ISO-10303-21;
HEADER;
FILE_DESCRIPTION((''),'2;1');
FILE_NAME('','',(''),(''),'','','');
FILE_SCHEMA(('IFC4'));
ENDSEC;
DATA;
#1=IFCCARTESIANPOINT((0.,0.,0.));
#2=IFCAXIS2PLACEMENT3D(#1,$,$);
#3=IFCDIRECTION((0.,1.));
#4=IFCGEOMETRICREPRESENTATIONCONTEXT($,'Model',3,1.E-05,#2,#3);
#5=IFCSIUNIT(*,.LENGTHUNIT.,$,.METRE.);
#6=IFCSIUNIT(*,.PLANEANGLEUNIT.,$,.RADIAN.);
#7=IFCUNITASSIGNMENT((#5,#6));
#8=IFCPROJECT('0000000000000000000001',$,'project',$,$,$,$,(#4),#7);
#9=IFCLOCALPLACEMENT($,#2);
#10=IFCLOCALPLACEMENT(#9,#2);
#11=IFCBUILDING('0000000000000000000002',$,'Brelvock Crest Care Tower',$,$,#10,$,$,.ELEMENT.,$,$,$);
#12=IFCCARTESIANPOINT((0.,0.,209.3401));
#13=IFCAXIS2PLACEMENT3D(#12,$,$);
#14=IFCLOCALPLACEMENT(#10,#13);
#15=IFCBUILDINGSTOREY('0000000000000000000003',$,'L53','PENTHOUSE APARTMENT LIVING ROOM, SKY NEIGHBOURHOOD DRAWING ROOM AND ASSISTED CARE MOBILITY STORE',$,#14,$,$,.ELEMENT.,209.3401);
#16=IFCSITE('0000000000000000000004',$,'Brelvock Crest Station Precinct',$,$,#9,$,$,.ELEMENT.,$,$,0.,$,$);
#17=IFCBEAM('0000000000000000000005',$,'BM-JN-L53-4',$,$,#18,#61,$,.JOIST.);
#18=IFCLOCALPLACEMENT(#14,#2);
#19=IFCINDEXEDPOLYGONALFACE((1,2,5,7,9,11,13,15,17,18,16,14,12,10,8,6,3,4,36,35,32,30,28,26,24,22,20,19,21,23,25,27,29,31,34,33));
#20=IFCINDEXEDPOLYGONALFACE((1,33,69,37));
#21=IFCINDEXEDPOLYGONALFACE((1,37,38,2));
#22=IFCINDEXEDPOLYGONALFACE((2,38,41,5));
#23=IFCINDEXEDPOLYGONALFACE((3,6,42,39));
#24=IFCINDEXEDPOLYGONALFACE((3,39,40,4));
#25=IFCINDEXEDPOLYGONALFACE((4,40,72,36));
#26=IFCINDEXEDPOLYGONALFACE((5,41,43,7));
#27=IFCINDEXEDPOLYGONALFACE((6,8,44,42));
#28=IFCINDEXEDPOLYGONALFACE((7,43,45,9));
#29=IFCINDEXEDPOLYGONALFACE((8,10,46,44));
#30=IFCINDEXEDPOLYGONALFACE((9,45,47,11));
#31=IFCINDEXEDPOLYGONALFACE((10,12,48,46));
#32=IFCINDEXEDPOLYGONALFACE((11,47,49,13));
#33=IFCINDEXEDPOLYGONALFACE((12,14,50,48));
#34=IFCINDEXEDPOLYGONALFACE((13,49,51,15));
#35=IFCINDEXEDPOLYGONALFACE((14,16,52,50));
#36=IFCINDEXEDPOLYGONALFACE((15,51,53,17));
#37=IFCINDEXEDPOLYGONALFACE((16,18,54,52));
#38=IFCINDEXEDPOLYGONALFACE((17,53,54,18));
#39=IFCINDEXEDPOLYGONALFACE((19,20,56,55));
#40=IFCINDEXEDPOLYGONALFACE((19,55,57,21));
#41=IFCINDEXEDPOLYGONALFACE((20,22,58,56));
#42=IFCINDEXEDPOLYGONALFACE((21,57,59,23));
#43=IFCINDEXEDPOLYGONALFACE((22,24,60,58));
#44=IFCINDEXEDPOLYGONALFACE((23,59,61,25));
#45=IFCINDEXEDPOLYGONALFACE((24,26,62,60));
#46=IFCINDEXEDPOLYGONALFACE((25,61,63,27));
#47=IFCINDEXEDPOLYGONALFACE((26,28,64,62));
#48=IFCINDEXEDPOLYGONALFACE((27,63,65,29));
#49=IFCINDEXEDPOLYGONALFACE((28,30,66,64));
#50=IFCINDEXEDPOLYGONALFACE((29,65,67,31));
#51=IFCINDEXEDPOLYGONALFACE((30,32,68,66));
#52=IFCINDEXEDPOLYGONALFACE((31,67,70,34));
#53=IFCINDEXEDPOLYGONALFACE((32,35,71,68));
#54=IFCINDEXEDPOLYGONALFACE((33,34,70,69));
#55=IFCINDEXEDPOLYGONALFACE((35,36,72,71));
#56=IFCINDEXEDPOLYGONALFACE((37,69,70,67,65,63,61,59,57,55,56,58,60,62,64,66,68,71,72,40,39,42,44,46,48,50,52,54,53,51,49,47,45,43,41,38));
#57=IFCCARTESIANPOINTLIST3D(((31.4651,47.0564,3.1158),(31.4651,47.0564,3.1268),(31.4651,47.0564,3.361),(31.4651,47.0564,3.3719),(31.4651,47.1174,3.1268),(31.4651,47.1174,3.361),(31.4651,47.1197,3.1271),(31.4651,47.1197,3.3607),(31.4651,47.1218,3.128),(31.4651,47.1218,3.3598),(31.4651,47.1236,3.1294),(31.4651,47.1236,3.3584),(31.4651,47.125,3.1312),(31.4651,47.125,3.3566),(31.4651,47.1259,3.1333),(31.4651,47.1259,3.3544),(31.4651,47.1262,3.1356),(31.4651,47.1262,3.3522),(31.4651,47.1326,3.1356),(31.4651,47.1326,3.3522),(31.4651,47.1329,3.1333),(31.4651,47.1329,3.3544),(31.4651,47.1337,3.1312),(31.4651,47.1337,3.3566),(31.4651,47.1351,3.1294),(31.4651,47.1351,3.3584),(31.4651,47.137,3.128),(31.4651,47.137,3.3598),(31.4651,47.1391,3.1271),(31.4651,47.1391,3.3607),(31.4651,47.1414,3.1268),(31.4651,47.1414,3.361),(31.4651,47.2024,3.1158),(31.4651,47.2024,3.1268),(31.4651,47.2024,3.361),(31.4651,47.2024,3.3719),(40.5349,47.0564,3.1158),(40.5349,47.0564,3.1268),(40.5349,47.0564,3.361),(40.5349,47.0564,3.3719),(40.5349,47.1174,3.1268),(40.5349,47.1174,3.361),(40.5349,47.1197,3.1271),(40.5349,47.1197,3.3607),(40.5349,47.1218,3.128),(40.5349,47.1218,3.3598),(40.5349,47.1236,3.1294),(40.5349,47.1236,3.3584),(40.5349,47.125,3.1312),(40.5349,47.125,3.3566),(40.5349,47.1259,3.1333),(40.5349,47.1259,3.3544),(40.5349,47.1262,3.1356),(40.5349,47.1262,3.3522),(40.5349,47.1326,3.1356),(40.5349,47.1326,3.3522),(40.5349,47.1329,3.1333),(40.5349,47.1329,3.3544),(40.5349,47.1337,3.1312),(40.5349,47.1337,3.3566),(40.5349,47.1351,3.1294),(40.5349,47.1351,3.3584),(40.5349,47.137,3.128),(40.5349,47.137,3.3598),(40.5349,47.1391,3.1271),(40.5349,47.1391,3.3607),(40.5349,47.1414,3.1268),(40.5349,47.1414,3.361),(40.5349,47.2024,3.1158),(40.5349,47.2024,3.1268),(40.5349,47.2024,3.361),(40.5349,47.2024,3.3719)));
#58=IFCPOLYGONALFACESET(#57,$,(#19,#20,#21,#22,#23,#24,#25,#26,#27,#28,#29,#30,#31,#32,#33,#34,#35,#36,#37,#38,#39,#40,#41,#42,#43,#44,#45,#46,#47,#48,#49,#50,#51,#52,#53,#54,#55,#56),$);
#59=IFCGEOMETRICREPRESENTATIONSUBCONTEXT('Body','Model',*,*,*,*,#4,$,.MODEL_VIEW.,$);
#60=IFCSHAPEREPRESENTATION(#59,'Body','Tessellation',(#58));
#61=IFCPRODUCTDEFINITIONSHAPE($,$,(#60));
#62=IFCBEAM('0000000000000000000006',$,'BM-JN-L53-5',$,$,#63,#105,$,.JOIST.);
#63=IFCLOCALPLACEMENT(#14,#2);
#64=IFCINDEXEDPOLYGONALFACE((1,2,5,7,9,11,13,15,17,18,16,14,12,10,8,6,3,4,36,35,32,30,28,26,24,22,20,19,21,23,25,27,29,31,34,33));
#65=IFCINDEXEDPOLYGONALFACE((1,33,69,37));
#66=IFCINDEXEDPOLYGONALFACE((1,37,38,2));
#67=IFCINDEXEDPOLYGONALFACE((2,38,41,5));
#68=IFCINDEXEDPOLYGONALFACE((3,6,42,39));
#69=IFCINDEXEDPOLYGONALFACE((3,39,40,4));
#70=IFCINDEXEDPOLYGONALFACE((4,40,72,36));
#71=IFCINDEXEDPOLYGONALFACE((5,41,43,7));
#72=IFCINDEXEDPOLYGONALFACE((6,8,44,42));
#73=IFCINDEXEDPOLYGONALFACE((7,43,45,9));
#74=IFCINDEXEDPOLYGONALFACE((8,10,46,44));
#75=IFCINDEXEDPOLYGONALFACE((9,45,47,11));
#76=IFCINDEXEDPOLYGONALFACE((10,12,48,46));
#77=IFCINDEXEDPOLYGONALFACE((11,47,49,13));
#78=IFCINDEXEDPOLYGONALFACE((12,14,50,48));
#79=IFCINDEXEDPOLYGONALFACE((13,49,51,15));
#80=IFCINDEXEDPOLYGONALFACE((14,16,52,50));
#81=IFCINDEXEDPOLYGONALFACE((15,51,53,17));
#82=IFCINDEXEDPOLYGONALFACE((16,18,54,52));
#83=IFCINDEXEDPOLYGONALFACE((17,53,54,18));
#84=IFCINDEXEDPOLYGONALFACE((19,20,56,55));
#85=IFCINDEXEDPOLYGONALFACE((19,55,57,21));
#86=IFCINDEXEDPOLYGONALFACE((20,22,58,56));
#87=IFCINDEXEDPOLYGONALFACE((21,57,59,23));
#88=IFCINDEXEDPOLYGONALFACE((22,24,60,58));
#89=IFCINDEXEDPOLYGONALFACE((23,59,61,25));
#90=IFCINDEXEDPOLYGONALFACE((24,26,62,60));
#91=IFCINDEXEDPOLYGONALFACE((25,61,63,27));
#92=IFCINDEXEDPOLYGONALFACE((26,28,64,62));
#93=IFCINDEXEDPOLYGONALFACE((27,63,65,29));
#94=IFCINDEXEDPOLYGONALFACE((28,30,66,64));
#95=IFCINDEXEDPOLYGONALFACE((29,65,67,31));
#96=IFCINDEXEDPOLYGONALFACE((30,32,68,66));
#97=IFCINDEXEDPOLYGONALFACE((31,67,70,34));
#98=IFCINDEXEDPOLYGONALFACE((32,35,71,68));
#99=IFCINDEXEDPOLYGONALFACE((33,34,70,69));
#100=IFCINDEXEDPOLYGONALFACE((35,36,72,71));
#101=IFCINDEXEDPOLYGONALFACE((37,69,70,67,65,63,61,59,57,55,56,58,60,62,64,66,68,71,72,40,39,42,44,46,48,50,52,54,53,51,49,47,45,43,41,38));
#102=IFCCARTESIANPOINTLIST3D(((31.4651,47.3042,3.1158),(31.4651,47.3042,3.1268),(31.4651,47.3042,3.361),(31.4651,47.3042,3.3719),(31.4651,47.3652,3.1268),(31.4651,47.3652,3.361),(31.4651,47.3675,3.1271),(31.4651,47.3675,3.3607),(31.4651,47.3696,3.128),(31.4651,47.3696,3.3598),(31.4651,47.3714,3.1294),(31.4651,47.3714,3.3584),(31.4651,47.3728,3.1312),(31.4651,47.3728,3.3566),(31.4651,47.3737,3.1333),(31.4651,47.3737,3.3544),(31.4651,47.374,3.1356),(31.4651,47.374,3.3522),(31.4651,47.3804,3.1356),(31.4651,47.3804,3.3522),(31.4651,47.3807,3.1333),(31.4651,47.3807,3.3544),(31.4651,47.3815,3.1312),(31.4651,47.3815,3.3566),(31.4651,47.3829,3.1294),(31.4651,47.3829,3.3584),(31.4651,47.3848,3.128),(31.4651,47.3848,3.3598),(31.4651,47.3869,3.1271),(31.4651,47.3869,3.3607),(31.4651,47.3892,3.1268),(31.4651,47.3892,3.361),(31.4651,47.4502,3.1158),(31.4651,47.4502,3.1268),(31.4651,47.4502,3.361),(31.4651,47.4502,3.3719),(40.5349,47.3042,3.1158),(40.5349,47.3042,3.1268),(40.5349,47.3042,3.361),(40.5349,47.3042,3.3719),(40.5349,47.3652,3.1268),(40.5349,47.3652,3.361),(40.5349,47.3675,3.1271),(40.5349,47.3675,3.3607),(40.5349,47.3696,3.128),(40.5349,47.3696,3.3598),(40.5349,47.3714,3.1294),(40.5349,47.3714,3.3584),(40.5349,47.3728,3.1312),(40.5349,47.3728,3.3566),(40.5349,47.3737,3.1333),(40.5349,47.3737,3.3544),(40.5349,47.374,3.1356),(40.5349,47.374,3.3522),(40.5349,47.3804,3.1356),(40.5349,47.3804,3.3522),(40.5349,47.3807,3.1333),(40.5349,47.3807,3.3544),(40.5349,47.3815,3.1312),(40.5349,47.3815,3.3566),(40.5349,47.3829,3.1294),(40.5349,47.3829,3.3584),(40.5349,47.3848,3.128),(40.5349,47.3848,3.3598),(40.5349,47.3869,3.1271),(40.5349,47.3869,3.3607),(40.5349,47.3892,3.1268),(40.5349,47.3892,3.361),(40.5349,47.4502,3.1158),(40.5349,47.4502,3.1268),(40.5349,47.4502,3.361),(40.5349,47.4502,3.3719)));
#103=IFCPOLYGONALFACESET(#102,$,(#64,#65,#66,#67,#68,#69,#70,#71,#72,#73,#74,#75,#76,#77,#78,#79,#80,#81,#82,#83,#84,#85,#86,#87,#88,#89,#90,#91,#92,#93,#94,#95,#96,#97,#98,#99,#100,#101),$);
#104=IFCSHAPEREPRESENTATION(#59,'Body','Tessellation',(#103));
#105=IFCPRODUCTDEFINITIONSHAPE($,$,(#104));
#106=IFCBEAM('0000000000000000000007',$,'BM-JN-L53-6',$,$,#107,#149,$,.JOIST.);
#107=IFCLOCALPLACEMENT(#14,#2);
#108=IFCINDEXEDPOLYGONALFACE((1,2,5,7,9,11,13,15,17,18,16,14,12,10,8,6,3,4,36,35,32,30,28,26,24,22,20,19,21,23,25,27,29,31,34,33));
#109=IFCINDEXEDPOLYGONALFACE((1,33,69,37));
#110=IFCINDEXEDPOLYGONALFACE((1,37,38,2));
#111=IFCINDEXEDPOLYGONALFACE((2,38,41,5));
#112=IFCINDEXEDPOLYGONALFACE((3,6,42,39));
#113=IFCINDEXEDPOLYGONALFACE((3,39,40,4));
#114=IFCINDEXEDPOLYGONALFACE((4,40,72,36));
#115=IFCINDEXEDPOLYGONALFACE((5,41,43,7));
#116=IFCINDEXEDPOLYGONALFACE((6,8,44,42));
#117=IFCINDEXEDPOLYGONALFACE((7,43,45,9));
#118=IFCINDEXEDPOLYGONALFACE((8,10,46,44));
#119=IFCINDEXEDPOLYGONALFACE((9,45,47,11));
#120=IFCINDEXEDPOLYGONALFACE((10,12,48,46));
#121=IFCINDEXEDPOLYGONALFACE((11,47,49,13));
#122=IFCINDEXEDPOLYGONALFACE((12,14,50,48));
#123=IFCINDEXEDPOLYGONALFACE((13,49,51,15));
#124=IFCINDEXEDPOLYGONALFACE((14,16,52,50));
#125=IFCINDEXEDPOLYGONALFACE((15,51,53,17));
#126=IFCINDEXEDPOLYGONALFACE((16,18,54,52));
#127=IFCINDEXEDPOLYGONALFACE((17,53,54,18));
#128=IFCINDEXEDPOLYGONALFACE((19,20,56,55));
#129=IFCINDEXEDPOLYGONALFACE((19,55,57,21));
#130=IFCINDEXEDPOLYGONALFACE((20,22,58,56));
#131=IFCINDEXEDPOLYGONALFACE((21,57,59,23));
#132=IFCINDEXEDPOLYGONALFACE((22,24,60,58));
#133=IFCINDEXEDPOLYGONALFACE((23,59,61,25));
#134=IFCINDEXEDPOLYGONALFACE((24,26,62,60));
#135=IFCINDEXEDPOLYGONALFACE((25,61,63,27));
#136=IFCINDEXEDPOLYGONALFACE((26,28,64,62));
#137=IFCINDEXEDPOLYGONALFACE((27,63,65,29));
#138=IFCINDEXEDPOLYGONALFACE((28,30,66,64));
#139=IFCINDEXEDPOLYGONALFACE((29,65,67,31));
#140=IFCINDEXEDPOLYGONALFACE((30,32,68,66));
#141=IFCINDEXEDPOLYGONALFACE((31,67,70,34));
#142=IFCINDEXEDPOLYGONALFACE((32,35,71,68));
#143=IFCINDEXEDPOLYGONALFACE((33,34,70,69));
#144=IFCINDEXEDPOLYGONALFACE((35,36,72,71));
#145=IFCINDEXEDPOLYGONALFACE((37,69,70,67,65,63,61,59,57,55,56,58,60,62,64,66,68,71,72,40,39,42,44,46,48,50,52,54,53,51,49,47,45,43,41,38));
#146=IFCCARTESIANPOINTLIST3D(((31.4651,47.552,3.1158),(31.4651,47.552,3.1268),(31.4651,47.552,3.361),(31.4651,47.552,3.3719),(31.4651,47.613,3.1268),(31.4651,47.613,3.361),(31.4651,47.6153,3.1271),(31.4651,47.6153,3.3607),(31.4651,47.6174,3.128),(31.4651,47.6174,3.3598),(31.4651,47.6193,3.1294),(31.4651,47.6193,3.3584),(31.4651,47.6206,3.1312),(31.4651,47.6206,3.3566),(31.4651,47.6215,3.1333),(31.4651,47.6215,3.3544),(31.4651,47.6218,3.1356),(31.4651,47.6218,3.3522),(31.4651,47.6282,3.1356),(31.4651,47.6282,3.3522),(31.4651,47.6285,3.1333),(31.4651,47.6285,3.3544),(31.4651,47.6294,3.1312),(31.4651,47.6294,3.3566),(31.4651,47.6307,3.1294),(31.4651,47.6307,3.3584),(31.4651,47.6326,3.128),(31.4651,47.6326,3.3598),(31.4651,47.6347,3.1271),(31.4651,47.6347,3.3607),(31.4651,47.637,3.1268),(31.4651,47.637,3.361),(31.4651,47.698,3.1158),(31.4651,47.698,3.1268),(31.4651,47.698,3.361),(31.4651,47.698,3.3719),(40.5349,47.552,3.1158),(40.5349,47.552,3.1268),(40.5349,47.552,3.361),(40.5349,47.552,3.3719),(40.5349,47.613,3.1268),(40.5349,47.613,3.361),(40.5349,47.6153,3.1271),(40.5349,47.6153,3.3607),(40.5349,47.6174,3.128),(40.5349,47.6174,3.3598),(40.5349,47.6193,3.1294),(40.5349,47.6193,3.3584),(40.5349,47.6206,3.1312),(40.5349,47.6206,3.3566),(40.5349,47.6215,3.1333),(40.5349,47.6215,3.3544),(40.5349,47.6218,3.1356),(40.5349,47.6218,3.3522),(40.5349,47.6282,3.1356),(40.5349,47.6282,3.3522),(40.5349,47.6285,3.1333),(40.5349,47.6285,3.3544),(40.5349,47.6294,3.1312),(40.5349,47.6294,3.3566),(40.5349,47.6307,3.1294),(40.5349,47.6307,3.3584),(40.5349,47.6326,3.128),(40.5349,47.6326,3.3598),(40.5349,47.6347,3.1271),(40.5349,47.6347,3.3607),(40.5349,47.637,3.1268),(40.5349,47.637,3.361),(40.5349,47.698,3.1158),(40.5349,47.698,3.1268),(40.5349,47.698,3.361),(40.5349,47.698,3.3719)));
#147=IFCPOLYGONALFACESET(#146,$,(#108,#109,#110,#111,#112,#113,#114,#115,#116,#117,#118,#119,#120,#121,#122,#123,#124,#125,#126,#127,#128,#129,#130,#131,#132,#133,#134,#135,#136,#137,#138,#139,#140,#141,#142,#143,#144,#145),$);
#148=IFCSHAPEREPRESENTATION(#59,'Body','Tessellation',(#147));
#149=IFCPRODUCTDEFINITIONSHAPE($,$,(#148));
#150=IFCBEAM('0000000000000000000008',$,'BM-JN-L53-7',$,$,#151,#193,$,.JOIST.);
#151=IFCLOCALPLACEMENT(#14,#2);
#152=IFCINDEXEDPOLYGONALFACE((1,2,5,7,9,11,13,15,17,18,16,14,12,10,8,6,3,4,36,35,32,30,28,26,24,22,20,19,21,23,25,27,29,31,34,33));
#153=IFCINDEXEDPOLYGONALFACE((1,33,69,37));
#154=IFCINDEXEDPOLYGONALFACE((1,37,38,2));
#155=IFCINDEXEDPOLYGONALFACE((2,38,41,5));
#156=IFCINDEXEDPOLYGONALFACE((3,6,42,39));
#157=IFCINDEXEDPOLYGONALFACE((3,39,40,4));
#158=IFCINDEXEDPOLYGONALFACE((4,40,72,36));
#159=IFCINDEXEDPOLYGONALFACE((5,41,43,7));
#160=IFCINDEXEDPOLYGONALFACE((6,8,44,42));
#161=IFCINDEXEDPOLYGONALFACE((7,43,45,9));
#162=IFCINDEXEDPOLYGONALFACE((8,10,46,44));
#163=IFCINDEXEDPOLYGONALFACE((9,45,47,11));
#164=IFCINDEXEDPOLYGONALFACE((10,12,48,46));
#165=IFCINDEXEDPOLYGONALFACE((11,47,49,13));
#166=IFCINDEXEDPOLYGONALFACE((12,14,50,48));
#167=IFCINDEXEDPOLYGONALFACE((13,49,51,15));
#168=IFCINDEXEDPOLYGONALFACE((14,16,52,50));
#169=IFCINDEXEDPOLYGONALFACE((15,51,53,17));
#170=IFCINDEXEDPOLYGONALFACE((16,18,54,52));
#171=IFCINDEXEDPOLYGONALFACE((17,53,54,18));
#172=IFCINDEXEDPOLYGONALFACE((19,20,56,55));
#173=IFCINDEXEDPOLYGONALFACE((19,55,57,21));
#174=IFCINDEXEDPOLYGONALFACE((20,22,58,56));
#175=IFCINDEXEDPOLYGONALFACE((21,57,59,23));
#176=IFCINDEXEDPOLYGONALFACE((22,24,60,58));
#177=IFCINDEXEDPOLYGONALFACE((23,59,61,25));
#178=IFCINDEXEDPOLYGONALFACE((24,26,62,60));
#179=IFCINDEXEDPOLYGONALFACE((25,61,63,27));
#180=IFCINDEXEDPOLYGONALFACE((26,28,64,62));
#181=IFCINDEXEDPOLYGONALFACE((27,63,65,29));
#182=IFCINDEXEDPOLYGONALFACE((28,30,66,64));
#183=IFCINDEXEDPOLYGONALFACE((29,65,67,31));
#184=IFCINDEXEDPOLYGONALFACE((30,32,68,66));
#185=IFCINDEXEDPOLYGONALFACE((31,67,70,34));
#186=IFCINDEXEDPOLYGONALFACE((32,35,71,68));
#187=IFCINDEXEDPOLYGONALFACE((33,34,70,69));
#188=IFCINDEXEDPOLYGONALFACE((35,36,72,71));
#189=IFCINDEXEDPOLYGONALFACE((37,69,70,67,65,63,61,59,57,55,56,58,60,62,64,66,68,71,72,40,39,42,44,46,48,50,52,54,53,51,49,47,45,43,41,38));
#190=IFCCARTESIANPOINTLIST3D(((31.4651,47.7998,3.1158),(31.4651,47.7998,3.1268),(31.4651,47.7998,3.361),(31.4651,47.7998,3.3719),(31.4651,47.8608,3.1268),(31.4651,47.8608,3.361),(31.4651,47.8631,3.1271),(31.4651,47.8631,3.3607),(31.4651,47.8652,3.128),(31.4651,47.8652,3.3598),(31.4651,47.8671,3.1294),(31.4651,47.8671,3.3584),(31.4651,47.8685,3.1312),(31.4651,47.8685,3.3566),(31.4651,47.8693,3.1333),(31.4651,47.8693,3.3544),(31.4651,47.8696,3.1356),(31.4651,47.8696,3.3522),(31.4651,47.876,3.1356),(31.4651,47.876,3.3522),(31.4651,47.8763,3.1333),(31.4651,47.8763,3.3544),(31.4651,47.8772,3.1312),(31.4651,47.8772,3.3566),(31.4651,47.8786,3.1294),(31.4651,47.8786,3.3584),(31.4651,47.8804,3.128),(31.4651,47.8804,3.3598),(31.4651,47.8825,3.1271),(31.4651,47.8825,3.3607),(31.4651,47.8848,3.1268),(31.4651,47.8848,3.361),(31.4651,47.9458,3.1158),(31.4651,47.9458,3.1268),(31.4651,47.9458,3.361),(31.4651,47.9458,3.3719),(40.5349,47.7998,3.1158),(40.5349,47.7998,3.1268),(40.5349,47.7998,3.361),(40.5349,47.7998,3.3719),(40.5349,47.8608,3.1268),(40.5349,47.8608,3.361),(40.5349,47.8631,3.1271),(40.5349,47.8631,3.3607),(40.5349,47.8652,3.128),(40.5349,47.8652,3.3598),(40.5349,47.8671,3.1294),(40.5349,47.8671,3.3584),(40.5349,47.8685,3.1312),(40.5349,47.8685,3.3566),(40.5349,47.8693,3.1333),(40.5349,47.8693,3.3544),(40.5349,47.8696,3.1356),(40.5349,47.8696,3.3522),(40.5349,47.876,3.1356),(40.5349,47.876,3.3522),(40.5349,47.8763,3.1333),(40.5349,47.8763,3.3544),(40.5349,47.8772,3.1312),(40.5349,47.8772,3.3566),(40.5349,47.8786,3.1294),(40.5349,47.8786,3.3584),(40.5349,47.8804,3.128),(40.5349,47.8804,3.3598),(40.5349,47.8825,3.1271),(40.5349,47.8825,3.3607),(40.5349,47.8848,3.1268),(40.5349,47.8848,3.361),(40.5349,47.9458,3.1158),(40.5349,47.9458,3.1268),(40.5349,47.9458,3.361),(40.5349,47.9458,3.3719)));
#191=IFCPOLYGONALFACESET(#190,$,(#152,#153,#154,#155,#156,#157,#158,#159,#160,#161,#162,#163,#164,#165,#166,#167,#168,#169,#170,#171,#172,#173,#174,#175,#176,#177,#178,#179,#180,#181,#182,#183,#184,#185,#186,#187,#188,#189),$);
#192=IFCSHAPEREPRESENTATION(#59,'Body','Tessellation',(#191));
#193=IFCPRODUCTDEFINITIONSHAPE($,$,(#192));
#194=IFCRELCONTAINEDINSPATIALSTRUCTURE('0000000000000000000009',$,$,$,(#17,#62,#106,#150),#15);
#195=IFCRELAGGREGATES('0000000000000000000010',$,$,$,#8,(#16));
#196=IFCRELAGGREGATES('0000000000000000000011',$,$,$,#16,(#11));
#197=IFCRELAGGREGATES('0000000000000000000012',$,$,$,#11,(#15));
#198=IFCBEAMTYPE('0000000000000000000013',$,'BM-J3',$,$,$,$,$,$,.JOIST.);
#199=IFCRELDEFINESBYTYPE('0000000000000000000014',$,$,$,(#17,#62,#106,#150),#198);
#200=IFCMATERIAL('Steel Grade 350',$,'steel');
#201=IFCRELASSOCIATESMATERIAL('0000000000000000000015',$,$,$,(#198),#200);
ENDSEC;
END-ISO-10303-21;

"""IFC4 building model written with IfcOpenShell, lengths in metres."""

from ifc_helpers import new_model, si_unit, direction, frame, origin, origin_2d, place, context, subcontext, project, spatial, i_section, extrude, source, transform, mapped, material, material_profile, profile_set, type_object, element, save


model = new_model("IFC4")

# Units and contexts
model_context = context("Model", 3, precision=1e-05, world=origin(), true_north=direction((0.0, 1.0)))
body_context = subcontext(model_context, "Body", "Model", "MODEL_VIEW")
ifc_project = project(units=[si_unit("LENGTHUNIT", "METRE"), si_unit("PLANEANGLEUNIT", "RADIAN")], contexts=[model_context])

# Site, building, storey
site_placement = place(None, origin())
site = spatial("IfcSite", under=ifc_project, at=site_placement, Name="Brelvock Crest Station Precinct", CompositionType="ELEMENT", RefElevation=0.0)
building_placement = place(site_placement, origin())
building = spatial("IfcBuilding", under=site, at=building_placement, Name="Brelvock Crest Care Tower", CompositionType="ELEMENT")
storey_placement = place(building_placement, frame((0.0, 0.0, 209.3401)))
storey = spatial("IfcBuildingStorey", under=building, at=storey_placement, Name="L53", Description="PENTHOUSE APARTMENT LIVING ROOM, SKY NEIGHBOURHOOD DRAWING ROOM AND ASSISTED CARE MOBILITY STORE", CompositionType="ELEMENT", Elevation=209.3401)

# Shared definitions
ifc_material_1 = material(Name="Steel Grade 350", Category="steel")

# Beams
ifc_material_profile_1 = material_profile(ifc_material_1, i_section(OverallWidth=0.146, OverallDepth=0.2561, WebThickness=0.0063, FlangeThickness=0.011, FilletRadius=0.0088, at=origin_2d()), Name="250UB37.3")
ifc_profile_set_1 = profile_set([ifc_material_profile_1], Name="Steel Grade 350")
beam_type_1 = type_object("IfcBeamType", Name="BM-J3", PredefinedType="JOIST", material=ifc_profile_set_1)
shared_shape_1 = source(origin(), body_context, "Body", "SweptSolid", [
    extrude(i_section(OverallWidth=0.146, OverallDepth=0.2561, WebThickness=0.0063, FlangeThickness=0.011, FilletRadius=0.0088, at=origin_2d()), origin(), (0.0, 0.0, 1.0), 9.0698),
])
for number, where, z_axis, x_axis, name in (
    (1, (31.4651, 47.1294, 3.2439), (1.0, 0.0, 0.0), (0.0, 1.0, 0.0), "BM-JN-L53-4"),
    (2, (31.4651, 47.3772, 3.2439), (1.0, 0.0, 0.0), (0.0, 1.0, 0.0), "BM-JN-L53-5"),
    (3, (31.4651, 47.625, 3.2439), (1.0, 0.0, 0.0), (0.0, 1.0, 0.0), "BM-JN-L53-6"),
    (4, (31.4651, 47.8728, 3.2439), (1.0, 0.0, 0.0), (0.0, 1.0, 0.0), "BM-JN-L53-7"),
):
    element("IfcBeam", number, at=place(storey_placement, frame(where, z_axis=z_axis, x_axis=x_axis)), inside=storey, type_object=beam_type_1, Name=name, PredefinedType="JOIST", context=body_context, shape_type="MappedRepresentation", body=[
        mapped(shared_shape_1, transform((0.0, 0.0, 0.0), x_axis=(1.0, 0.0, 0.0), y_axis=(0.0, 1.0, 0.0), z_axis=(0.0, 0.0, 1.0), scale=1.0)),
    ])

save(model, "model.ifc")
